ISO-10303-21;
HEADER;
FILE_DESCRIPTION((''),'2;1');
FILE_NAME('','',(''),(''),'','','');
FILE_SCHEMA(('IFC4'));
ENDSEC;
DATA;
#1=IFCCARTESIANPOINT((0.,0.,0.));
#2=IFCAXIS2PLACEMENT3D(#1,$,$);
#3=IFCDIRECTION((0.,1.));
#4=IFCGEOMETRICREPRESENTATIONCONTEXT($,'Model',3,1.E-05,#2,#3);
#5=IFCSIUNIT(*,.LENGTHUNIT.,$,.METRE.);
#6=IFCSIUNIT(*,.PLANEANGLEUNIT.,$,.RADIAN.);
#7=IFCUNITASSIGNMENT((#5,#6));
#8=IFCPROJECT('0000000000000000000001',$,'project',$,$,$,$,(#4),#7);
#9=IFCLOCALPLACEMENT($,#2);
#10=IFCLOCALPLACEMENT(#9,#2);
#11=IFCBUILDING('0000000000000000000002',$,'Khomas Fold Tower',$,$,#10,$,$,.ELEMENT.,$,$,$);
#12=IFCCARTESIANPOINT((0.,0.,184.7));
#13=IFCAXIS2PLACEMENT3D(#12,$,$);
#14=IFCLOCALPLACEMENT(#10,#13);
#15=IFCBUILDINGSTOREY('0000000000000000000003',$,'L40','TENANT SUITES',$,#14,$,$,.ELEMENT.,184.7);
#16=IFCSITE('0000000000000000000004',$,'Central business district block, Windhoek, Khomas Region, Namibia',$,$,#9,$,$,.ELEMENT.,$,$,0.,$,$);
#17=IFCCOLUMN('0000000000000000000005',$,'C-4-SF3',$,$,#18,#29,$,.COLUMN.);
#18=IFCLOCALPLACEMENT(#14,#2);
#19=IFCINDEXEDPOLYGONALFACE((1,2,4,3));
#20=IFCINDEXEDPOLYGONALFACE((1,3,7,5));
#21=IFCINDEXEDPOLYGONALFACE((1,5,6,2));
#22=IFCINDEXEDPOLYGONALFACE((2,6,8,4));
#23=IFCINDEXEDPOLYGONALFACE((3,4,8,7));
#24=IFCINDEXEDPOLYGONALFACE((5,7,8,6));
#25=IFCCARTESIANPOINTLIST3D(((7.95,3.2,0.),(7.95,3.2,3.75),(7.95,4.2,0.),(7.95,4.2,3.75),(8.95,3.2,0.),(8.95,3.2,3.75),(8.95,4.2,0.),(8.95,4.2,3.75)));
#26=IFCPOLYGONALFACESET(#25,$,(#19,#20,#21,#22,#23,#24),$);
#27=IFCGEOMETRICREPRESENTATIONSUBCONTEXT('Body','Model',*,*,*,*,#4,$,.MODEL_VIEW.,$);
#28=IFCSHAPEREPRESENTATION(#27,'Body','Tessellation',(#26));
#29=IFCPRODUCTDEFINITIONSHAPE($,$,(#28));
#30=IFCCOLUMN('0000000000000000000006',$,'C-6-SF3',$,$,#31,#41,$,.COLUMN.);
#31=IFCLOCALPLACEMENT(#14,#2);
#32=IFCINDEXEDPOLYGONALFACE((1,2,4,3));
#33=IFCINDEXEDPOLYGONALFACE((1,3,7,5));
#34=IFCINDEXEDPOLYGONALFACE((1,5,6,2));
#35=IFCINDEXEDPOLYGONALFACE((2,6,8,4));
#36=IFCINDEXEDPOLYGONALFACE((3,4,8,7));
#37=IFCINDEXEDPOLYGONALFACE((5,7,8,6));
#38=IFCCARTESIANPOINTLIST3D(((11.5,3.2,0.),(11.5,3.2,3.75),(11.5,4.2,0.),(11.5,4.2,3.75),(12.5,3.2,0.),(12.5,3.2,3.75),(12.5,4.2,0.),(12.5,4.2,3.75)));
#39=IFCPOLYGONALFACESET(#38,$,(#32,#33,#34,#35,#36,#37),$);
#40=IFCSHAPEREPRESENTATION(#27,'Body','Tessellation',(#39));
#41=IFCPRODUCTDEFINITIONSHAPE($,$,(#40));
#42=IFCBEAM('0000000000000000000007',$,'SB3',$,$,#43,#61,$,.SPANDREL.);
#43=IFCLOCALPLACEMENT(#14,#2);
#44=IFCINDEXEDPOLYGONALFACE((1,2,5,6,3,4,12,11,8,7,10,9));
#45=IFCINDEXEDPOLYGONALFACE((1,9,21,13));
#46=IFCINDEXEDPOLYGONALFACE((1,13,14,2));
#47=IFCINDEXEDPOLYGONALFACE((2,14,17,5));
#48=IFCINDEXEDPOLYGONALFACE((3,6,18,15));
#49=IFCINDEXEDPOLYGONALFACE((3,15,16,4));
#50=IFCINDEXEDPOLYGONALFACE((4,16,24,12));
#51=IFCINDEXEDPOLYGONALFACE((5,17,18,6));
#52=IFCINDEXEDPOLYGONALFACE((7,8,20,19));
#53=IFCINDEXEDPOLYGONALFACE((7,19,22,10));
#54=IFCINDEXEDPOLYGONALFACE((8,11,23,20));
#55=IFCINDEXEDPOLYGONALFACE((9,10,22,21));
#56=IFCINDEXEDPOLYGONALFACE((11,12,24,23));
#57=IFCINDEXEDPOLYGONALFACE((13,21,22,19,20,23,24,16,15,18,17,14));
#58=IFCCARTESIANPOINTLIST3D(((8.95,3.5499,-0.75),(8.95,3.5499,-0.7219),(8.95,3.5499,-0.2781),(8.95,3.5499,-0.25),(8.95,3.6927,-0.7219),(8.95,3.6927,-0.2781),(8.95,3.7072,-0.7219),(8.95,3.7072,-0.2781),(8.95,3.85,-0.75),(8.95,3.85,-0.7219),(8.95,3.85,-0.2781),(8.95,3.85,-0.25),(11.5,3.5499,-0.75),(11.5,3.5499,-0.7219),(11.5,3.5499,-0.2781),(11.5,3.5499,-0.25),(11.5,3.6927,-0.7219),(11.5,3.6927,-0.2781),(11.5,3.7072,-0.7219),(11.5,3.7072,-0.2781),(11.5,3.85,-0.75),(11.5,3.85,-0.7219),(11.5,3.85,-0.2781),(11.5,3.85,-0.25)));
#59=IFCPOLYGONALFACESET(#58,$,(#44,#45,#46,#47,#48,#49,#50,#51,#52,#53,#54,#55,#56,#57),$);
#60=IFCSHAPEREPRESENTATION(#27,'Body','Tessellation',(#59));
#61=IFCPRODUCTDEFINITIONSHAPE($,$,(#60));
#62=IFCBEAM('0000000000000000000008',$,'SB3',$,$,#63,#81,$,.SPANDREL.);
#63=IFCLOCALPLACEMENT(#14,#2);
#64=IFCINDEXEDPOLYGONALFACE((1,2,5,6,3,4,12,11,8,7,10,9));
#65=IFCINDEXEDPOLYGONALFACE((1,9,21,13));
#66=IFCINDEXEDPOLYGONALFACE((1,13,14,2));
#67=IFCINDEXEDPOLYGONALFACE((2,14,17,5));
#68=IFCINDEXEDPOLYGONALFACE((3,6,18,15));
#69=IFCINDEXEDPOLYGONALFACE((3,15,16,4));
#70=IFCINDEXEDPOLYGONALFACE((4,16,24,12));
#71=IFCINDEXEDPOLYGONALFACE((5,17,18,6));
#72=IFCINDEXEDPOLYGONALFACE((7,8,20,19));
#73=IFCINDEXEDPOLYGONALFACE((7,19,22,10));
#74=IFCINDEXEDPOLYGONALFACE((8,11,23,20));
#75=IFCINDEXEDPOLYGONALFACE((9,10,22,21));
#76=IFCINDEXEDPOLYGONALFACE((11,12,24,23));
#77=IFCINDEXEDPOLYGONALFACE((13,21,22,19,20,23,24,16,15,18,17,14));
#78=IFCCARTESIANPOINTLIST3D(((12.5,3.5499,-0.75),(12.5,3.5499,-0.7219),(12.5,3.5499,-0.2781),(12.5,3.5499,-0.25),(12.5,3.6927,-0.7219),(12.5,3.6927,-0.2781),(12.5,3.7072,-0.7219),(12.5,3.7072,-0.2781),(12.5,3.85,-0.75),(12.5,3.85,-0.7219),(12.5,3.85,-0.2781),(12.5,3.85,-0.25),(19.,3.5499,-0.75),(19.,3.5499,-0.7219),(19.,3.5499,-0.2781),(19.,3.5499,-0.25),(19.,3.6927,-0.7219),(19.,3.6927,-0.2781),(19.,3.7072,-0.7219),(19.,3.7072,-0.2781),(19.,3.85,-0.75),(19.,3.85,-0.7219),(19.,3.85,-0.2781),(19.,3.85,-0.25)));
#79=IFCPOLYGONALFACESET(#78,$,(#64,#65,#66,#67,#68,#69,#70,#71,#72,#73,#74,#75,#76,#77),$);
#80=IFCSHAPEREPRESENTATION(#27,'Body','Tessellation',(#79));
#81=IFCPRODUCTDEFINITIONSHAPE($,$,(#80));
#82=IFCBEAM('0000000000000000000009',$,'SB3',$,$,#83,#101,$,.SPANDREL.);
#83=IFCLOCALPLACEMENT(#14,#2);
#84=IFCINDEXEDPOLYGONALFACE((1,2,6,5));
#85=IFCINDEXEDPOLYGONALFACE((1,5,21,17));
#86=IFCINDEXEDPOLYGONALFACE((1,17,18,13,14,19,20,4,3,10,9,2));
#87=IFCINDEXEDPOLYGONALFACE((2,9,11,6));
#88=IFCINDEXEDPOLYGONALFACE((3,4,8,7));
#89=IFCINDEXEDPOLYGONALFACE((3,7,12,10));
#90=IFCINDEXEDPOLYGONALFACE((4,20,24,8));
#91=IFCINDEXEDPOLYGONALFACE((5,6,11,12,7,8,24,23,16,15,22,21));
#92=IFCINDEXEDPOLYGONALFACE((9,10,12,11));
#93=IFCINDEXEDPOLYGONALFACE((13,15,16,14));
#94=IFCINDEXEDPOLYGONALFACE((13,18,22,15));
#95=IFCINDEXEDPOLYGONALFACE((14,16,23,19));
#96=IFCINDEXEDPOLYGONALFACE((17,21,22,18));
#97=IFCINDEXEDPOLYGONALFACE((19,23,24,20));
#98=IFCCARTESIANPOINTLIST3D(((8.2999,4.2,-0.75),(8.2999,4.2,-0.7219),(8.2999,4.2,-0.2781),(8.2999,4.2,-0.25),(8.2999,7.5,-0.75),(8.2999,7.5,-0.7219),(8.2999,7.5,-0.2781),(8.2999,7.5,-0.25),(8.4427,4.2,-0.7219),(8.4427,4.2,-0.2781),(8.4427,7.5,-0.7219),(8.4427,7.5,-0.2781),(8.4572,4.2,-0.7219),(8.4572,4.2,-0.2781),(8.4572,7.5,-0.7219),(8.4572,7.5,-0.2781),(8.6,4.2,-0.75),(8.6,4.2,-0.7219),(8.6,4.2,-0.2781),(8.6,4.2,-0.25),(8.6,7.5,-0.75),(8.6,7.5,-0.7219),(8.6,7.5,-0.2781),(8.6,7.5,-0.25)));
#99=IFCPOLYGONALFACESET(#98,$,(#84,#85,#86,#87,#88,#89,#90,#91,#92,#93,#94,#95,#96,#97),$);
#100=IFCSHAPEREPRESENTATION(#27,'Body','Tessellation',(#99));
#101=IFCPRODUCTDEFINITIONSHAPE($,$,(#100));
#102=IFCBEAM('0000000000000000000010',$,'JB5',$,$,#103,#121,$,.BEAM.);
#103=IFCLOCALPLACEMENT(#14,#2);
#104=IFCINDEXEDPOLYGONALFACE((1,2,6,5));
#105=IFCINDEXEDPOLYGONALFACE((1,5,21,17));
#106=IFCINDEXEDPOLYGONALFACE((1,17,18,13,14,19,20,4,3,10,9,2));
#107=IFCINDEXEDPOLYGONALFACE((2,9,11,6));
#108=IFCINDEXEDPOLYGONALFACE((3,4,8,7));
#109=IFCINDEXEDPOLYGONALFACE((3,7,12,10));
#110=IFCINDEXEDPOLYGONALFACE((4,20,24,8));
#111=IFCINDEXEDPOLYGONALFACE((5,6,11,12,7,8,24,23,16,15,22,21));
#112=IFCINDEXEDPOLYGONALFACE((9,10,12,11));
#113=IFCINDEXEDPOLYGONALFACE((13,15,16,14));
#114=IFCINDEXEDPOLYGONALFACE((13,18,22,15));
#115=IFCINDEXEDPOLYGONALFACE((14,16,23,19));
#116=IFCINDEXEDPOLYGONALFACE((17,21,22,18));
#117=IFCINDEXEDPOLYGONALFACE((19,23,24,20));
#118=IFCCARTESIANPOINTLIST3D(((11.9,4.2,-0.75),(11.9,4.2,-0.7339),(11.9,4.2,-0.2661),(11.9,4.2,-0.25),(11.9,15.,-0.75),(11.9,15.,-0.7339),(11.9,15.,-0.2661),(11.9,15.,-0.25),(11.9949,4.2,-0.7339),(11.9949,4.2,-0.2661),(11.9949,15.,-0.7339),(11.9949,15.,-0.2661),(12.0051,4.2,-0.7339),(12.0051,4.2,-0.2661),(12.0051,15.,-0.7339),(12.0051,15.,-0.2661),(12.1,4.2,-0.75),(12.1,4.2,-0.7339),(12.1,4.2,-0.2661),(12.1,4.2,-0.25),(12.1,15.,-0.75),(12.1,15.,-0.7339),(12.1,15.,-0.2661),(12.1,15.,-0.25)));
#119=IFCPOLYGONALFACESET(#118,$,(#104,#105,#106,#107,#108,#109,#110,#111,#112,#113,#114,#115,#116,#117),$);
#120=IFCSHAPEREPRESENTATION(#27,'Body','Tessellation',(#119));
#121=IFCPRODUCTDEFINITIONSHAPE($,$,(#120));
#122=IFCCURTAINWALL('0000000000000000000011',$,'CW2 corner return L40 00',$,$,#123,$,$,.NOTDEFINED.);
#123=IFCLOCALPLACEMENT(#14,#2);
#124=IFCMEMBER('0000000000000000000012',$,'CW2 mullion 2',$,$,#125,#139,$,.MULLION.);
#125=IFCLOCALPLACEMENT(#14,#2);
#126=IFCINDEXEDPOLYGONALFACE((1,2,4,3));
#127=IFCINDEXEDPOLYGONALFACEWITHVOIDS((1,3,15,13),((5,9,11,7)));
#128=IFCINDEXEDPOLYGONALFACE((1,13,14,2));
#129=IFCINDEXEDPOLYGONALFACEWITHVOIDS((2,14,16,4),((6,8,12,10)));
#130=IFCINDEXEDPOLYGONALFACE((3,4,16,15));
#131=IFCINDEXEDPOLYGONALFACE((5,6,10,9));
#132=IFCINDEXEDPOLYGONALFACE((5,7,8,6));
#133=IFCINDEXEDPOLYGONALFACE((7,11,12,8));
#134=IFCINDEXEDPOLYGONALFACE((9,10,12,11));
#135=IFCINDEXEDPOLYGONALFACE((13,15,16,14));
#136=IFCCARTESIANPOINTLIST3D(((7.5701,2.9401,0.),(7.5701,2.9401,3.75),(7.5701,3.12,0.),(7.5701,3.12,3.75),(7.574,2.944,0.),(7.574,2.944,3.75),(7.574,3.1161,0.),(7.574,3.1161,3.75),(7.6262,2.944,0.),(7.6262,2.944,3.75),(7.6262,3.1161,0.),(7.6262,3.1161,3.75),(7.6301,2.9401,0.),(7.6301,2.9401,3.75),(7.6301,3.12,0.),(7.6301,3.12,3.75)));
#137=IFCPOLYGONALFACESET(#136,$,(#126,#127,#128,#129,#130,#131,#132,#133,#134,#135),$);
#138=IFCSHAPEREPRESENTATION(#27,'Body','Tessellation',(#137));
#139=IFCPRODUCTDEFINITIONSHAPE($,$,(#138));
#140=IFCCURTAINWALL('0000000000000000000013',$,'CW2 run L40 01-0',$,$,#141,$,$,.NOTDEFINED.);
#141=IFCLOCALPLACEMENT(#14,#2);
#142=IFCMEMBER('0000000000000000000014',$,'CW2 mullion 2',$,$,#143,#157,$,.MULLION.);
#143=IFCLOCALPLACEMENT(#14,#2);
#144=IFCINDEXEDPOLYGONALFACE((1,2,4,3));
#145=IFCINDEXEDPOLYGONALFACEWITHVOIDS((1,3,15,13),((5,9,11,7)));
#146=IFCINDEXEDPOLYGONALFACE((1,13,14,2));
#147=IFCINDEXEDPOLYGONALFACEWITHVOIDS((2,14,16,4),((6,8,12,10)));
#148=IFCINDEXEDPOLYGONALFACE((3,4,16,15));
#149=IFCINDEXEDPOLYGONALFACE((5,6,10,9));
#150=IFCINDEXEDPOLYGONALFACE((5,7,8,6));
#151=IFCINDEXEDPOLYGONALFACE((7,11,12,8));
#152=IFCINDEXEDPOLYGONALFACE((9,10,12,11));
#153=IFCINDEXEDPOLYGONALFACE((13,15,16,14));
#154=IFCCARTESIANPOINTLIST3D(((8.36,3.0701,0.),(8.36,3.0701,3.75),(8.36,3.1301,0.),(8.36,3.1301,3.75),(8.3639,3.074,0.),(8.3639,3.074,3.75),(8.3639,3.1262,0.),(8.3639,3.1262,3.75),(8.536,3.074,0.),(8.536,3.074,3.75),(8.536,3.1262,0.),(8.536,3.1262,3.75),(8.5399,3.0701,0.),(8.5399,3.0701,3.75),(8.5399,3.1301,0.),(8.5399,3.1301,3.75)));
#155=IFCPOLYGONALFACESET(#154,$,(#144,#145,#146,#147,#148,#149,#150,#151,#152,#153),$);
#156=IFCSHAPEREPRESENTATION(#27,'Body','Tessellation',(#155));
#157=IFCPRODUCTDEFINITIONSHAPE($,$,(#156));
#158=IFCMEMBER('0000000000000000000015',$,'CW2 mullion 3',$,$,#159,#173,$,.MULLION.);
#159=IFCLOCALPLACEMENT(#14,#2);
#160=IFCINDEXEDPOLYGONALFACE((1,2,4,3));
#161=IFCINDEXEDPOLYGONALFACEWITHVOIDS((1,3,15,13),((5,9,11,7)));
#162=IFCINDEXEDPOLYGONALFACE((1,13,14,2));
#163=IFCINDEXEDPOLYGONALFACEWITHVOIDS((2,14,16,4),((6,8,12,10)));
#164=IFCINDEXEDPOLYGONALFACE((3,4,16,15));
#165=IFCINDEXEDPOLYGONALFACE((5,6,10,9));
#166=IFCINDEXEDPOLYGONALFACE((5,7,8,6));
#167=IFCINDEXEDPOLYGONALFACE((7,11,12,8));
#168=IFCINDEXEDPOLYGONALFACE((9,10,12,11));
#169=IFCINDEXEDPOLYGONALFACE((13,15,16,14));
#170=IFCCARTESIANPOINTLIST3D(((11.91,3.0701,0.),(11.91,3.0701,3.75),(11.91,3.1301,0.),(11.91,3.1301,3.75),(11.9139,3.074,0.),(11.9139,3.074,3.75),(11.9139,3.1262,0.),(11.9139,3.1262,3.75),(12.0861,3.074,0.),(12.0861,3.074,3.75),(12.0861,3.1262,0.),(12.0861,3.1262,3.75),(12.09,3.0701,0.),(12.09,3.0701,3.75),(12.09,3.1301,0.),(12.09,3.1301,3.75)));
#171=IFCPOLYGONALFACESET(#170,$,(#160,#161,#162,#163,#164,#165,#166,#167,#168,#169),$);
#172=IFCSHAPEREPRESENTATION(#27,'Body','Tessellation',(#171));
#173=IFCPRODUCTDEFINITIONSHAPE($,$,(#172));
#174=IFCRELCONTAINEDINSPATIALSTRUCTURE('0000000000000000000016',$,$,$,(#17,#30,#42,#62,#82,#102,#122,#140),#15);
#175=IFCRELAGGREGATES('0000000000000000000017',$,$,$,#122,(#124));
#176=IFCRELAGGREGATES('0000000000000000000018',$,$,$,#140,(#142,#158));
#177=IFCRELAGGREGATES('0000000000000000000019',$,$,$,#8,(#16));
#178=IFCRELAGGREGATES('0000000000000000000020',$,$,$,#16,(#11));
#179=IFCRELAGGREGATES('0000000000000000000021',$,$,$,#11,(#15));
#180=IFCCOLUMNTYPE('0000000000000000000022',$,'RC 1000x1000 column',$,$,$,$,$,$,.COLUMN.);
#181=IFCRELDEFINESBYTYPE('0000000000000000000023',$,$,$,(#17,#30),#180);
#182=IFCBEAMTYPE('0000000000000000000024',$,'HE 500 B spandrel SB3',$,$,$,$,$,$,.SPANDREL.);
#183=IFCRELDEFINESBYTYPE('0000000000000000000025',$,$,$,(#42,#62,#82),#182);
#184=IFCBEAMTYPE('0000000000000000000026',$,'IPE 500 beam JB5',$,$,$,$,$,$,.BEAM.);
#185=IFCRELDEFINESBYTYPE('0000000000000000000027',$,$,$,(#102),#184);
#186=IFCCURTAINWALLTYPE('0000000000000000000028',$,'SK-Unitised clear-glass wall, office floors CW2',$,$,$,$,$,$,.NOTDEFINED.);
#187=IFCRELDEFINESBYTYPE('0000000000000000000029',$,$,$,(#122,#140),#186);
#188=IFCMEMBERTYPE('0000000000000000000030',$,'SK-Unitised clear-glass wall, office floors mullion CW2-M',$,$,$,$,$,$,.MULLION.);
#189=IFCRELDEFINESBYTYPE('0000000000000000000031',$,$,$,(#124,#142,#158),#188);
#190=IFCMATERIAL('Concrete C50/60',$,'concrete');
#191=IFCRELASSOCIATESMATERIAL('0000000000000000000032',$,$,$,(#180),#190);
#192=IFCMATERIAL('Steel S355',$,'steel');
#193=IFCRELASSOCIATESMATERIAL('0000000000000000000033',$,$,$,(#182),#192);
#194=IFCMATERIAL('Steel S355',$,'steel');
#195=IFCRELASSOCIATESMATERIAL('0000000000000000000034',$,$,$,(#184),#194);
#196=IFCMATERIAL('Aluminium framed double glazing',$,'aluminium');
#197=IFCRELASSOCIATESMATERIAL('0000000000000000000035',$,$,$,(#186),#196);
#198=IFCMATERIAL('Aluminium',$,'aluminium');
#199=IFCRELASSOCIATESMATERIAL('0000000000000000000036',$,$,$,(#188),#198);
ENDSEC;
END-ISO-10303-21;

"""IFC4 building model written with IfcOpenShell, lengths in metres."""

from ifc_helpers import new_model, si_unit, direction, frame, origin, origin_2d, place, context, subcontext, project, spatial, rectangle, hollow_rectangle, i_section, extrude, source, transform, mapped, material, material_profile, profile_set, type_object, element, aggregate, save


model = new_model("IFC4")

# Units and contexts
model_context = context("Model", 3, precision=1e-05, world=origin(), true_north=direction((0.0, 1.0)))
body_context = subcontext(model_context, "Body", "Model", "MODEL_VIEW")
ifc_project = project(units=[si_unit("LENGTHUNIT", "METRE"), si_unit("PLANEANGLEUNIT", "RADIAN")], contexts=[model_context])

# Site, building, storey
site_placement = place(None, origin())
site = spatial("IfcSite", under=ifc_project, at=site_placement, Name="Central business district block, Windhoek, Khomas Region, Namibia", CompositionType="ELEMENT", RefElevation=0.0)
building_placement = place(site_placement, origin())
building = spatial("IfcBuilding", under=site, at=building_placement, Name="Khomas Fold Tower", CompositionType="ELEMENT")
storey_placement = place(building_placement, frame((0.0, 0.0, 184.7)))
storey = spatial("IfcBuildingStorey", under=building, at=storey_placement, Name="L40", Description="TENANT SUITES", CompositionType="ELEMENT", Elevation=184.7)

# Columns
ifc_material_1 = material(Name="Concrete C50/60", Category="concrete")
ifc_material_profile_1 = material_profile(ifc_material_1, rectangle(XDim=1.0, YDim=1.0, at=origin_2d()), Name="RC 1000x1000")
ifc_profile_set_1 = profile_set([ifc_material_profile_1], Name="Concrete C50/60")
column_type = type_object("IfcColumnType", Name="RC 1000x1000 column", PredefinedType="COLUMN", material=ifc_profile_set_1)
shared_shape_1 = source(origin(), body_context, "Body", "SweptSolid", [
    extrude(rectangle(XDim=1.0, YDim=1.0, at=origin_2d()), origin(), (0.0, 0.0, 1.0), 3.75),
])
for number, where, z_axis, x_axis, name in (
    (1, (8.45, 3.7, 0.0), (0.0, 0.0, 1.0), (1.0, 0.0, 0.0), "C-4-SF3"),
    (2, (12.0, 3.7, 0.0), (0.0, 0.0, 1.0), (1.0, 0.0, 0.0), "C-6-SF3"),
):
    element("IfcColumn", number, at=place(storey_placement, frame(where, z_axis=z_axis, x_axis=x_axis)), inside=storey, type_object=column_type, Name=name, PredefinedType="COLUMN", context=body_context, shape_type="MappedRepresentation", body=[
        mapped(shared_shape_1, transform((0.0, 0.0, 0.0))),
    ])

# Beams
ifc_material_2 = material(Name="Steel S355", Category="steel")
ifc_material_profile_2 = material_profile(ifc_material_2, i_section(OverallWidth=0.3, OverallDepth=0.5, WebThickness=0.0144, FlangeThickness=0.0281, at=origin_2d()), Name="HE 500 B")
ifc_profile_set_2 = profile_set([ifc_material_profile_2], Name="Steel S355")
beam_type_1 = type_object("IfcBeamType", Name="HE 500 B spandrel SB3", PredefinedType="SPANDREL", material=ifc_profile_set_2)
shared_shape_2 = source(origin(), body_context, "Body", "SweptSolid", [
    extrude(i_section(OverallWidth=0.3, OverallDepth=0.5, WebThickness=0.0144, FlangeThickness=0.0281, at=origin_2d()), origin(), (0.0, 0.0, 1.0), 2.55),
])
beam_1_placement = place(storey_placement, frame((8.95, 3.7, -0.5), z_axis=(1.0, 0.0, 0.0), x_axis=(0.0, 1.0, 0.0)))
element("IfcBeam", 3, at=beam_1_placement, inside=storey, type_object=beam_type_1, Name="SB3", PredefinedType="SPANDREL", context=body_context, shape_type="MappedRepresentation", body=[
    mapped(shared_shape_2, transform((0.0, 0.0, 0.0))),
])
shared_shape_3 = source(origin(), body_context, "Body", "SweptSolid", [
    extrude(i_section(OverallWidth=0.3, OverallDepth=0.5, WebThickness=0.0144, FlangeThickness=0.0281, at=origin_2d()), origin(), (0.0, 0.0, 1.0), 6.5),
])
beam_2_placement = place(storey_placement, frame((12.5, 3.7, -0.5), z_axis=(1.0, 0.0, 0.0), x_axis=(0.0, 1.0, 0.0)))
element("IfcBeam", 4, at=beam_2_placement, inside=storey, type_object=beam_type_1, Name="SB3", PredefinedType="SPANDREL", context=body_context, shape_type="MappedRepresentation", body=[
    mapped(shared_shape_3, transform((0.0, 0.0, 0.0))),
])
shared_shape_4 = source(origin(), body_context, "Body", "SweptSolid", [
    extrude(i_section(OverallWidth=0.3, OverallDepth=0.5, WebThickness=0.0144, FlangeThickness=0.0281, at=origin_2d()), origin(), (0.0, 0.0, 1.0), 3.3),
])
beam_3_placement = place(storey_placement, frame((8.45, 4.2, -0.5), z_axis=(0.0, 1.0, 0.0), x_axis=(-1.0, 0.0, 0.0)))
element("IfcBeam", 5, at=beam_3_placement, inside=storey, type_object=beam_type_1, Name="SB3", PredefinedType="SPANDREL", context=body_context, shape_type="MappedRepresentation", body=[
    mapped(shared_shape_4, transform((0.0, 0.0, 0.0))),
])
ifc_material_3 = material(Name="Steel S355", Category="steel")
ifc_material_profile_3 = material_profile(ifc_material_3, i_section(OverallWidth=0.2, OverallDepth=0.5, WebThickness=0.0103, FlangeThickness=0.0161, at=origin_2d()), Name="IPE 500")
ifc_profile_set_3 = profile_set([ifc_material_profile_3], Name="Steel S355")
beam_type_2 = type_object("IfcBeamType", Name="IPE 500 beam JB5", PredefinedType="BEAM", material=ifc_profile_set_3)
shared_shape_5 = source(origin(), body_context, "Body", "SweptSolid", [
    extrude(i_section(OverallWidth=0.2, OverallDepth=0.5, WebThickness=0.0103, FlangeThickness=0.0161, at=origin_2d()), origin(), (0.0, 0.0, 1.0), 10.8),
])
beam_4_placement = place(storey_placement, frame((12.0, 4.2, -0.5), z_axis=(0.0, 1.0, 0.0), x_axis=(-1.0, 0.0, 0.0)))
element("IfcBeam", 6, at=beam_4_placement, inside=storey, type_object=beam_type_2, Name="JB5", PredefinedType="BEAM", context=body_context, shape_type="MappedRepresentation", body=[
    mapped(shared_shape_5, transform((0.0, 0.0, 0.0))),
])

# Curtain wall, member
ifc_material_4 = material(Name="Aluminium framed double glazing", Category="aluminium")
curtain_wall_type = type_object("IfcCurtainWallType", Name="SK-Unitised clear-glass wall, office floors CW2", PredefinedType="NOTDEFINED", material=ifc_material_4)
curtain_wall_1_placement = place(storey_placement, origin())
curtain_wall_1 = element("IfcCurtainWall", 7, at=curtain_wall_1_placement, inside=storey, type_object=curtain_wall_type, Name="CW2 corner return L40 00", PredefinedType="NOTDEFINED")
ifc_material_5 = material(Name="Aluminium", Category="aluminium")
ifc_material_profile_4 = material_profile(ifc_material_5, hollow_rectangle(XDim=0.0601, YDim=0.1799, WallThickness=0.0039, at=origin_2d()), Name="SK-Unitised clear-glass wall, office floors mullion CW2-M")
ifc_profile_set_4 = profile_set([ifc_material_profile_4], Name="Aluminium")
member_type_1 = type_object("IfcMemberType", Name="SK-Unitised clear-glass wall, office floors mullion CW2-M", PredefinedType="MULLION", material=ifc_profile_set_4)
shared_shape_6 = source(origin(), body_context, "Body", "SweptSolid", [
    extrude(hollow_rectangle(XDim=0.0601, YDim=0.1799, WallThickness=0.0039, at=origin_2d()), origin(), (0.0, 0.0, 1.0), 3.75),
])
member_1_placement = place(storey_placement, frame((7.6001, 3.03, 0.0), z_axis=(0.0, 0.0, 1.0), x_axis=(1.0, 0.0, 0.0)))
member_1 = element("IfcMember", 8, at=member_1_placement, type_object=member_type_1, Name="CW2 mullion 2", PredefinedType="MULLION", context=body_context, shape_type="MappedRepresentation", body=[
    mapped(shared_shape_6, transform((0.0, 0.0, 0.0))),
])

# Curtain wall, members
curtain_wall_2_placement = place(storey_placement, origin())
curtain_wall_2 = element("IfcCurtainWall", 9, at=curtain_wall_2_placement, inside=storey, type_object=curtain_wall_type, Name="CW2 run L40 01-0", PredefinedType="NOTDEFINED")
member_2_placement = place(storey_placement, frame((8.45, 3.1001, 0.0), z_axis=(0.0, 0.0, 1.0), x_axis=(0.0, 1.0, 0.0)))
member_2 = element("IfcMember", 10, at=member_2_placement, type_object=member_type_1, Name="CW2 mullion 2", PredefinedType="MULLION", context=body_context, shape_type="MappedRepresentation", body=[
    mapped(shared_shape_6, transform((0.0, 0.0, 0.0))),
])
member_3_placement = place(storey_placement, frame((12.0, 3.1001, 0.0), z_axis=(0.0, 0.0, 1.0), x_axis=(0.0, 1.0, 0.0)))
member_3 = element("IfcMember", 11, at=member_3_placement, type_object=member_type_1, Name="CW2 mullion 3", PredefinedType="MULLION", context=body_context, shape_type="MappedRepresentation", body=[
    mapped(shared_shape_6, transform((0.0, 0.0, 0.0))),
])

aggregate(curtain_wall_1, [member_1])
aggregate(curtain_wall_2, [member_2, member_3])

save(model, "model.ifc")
